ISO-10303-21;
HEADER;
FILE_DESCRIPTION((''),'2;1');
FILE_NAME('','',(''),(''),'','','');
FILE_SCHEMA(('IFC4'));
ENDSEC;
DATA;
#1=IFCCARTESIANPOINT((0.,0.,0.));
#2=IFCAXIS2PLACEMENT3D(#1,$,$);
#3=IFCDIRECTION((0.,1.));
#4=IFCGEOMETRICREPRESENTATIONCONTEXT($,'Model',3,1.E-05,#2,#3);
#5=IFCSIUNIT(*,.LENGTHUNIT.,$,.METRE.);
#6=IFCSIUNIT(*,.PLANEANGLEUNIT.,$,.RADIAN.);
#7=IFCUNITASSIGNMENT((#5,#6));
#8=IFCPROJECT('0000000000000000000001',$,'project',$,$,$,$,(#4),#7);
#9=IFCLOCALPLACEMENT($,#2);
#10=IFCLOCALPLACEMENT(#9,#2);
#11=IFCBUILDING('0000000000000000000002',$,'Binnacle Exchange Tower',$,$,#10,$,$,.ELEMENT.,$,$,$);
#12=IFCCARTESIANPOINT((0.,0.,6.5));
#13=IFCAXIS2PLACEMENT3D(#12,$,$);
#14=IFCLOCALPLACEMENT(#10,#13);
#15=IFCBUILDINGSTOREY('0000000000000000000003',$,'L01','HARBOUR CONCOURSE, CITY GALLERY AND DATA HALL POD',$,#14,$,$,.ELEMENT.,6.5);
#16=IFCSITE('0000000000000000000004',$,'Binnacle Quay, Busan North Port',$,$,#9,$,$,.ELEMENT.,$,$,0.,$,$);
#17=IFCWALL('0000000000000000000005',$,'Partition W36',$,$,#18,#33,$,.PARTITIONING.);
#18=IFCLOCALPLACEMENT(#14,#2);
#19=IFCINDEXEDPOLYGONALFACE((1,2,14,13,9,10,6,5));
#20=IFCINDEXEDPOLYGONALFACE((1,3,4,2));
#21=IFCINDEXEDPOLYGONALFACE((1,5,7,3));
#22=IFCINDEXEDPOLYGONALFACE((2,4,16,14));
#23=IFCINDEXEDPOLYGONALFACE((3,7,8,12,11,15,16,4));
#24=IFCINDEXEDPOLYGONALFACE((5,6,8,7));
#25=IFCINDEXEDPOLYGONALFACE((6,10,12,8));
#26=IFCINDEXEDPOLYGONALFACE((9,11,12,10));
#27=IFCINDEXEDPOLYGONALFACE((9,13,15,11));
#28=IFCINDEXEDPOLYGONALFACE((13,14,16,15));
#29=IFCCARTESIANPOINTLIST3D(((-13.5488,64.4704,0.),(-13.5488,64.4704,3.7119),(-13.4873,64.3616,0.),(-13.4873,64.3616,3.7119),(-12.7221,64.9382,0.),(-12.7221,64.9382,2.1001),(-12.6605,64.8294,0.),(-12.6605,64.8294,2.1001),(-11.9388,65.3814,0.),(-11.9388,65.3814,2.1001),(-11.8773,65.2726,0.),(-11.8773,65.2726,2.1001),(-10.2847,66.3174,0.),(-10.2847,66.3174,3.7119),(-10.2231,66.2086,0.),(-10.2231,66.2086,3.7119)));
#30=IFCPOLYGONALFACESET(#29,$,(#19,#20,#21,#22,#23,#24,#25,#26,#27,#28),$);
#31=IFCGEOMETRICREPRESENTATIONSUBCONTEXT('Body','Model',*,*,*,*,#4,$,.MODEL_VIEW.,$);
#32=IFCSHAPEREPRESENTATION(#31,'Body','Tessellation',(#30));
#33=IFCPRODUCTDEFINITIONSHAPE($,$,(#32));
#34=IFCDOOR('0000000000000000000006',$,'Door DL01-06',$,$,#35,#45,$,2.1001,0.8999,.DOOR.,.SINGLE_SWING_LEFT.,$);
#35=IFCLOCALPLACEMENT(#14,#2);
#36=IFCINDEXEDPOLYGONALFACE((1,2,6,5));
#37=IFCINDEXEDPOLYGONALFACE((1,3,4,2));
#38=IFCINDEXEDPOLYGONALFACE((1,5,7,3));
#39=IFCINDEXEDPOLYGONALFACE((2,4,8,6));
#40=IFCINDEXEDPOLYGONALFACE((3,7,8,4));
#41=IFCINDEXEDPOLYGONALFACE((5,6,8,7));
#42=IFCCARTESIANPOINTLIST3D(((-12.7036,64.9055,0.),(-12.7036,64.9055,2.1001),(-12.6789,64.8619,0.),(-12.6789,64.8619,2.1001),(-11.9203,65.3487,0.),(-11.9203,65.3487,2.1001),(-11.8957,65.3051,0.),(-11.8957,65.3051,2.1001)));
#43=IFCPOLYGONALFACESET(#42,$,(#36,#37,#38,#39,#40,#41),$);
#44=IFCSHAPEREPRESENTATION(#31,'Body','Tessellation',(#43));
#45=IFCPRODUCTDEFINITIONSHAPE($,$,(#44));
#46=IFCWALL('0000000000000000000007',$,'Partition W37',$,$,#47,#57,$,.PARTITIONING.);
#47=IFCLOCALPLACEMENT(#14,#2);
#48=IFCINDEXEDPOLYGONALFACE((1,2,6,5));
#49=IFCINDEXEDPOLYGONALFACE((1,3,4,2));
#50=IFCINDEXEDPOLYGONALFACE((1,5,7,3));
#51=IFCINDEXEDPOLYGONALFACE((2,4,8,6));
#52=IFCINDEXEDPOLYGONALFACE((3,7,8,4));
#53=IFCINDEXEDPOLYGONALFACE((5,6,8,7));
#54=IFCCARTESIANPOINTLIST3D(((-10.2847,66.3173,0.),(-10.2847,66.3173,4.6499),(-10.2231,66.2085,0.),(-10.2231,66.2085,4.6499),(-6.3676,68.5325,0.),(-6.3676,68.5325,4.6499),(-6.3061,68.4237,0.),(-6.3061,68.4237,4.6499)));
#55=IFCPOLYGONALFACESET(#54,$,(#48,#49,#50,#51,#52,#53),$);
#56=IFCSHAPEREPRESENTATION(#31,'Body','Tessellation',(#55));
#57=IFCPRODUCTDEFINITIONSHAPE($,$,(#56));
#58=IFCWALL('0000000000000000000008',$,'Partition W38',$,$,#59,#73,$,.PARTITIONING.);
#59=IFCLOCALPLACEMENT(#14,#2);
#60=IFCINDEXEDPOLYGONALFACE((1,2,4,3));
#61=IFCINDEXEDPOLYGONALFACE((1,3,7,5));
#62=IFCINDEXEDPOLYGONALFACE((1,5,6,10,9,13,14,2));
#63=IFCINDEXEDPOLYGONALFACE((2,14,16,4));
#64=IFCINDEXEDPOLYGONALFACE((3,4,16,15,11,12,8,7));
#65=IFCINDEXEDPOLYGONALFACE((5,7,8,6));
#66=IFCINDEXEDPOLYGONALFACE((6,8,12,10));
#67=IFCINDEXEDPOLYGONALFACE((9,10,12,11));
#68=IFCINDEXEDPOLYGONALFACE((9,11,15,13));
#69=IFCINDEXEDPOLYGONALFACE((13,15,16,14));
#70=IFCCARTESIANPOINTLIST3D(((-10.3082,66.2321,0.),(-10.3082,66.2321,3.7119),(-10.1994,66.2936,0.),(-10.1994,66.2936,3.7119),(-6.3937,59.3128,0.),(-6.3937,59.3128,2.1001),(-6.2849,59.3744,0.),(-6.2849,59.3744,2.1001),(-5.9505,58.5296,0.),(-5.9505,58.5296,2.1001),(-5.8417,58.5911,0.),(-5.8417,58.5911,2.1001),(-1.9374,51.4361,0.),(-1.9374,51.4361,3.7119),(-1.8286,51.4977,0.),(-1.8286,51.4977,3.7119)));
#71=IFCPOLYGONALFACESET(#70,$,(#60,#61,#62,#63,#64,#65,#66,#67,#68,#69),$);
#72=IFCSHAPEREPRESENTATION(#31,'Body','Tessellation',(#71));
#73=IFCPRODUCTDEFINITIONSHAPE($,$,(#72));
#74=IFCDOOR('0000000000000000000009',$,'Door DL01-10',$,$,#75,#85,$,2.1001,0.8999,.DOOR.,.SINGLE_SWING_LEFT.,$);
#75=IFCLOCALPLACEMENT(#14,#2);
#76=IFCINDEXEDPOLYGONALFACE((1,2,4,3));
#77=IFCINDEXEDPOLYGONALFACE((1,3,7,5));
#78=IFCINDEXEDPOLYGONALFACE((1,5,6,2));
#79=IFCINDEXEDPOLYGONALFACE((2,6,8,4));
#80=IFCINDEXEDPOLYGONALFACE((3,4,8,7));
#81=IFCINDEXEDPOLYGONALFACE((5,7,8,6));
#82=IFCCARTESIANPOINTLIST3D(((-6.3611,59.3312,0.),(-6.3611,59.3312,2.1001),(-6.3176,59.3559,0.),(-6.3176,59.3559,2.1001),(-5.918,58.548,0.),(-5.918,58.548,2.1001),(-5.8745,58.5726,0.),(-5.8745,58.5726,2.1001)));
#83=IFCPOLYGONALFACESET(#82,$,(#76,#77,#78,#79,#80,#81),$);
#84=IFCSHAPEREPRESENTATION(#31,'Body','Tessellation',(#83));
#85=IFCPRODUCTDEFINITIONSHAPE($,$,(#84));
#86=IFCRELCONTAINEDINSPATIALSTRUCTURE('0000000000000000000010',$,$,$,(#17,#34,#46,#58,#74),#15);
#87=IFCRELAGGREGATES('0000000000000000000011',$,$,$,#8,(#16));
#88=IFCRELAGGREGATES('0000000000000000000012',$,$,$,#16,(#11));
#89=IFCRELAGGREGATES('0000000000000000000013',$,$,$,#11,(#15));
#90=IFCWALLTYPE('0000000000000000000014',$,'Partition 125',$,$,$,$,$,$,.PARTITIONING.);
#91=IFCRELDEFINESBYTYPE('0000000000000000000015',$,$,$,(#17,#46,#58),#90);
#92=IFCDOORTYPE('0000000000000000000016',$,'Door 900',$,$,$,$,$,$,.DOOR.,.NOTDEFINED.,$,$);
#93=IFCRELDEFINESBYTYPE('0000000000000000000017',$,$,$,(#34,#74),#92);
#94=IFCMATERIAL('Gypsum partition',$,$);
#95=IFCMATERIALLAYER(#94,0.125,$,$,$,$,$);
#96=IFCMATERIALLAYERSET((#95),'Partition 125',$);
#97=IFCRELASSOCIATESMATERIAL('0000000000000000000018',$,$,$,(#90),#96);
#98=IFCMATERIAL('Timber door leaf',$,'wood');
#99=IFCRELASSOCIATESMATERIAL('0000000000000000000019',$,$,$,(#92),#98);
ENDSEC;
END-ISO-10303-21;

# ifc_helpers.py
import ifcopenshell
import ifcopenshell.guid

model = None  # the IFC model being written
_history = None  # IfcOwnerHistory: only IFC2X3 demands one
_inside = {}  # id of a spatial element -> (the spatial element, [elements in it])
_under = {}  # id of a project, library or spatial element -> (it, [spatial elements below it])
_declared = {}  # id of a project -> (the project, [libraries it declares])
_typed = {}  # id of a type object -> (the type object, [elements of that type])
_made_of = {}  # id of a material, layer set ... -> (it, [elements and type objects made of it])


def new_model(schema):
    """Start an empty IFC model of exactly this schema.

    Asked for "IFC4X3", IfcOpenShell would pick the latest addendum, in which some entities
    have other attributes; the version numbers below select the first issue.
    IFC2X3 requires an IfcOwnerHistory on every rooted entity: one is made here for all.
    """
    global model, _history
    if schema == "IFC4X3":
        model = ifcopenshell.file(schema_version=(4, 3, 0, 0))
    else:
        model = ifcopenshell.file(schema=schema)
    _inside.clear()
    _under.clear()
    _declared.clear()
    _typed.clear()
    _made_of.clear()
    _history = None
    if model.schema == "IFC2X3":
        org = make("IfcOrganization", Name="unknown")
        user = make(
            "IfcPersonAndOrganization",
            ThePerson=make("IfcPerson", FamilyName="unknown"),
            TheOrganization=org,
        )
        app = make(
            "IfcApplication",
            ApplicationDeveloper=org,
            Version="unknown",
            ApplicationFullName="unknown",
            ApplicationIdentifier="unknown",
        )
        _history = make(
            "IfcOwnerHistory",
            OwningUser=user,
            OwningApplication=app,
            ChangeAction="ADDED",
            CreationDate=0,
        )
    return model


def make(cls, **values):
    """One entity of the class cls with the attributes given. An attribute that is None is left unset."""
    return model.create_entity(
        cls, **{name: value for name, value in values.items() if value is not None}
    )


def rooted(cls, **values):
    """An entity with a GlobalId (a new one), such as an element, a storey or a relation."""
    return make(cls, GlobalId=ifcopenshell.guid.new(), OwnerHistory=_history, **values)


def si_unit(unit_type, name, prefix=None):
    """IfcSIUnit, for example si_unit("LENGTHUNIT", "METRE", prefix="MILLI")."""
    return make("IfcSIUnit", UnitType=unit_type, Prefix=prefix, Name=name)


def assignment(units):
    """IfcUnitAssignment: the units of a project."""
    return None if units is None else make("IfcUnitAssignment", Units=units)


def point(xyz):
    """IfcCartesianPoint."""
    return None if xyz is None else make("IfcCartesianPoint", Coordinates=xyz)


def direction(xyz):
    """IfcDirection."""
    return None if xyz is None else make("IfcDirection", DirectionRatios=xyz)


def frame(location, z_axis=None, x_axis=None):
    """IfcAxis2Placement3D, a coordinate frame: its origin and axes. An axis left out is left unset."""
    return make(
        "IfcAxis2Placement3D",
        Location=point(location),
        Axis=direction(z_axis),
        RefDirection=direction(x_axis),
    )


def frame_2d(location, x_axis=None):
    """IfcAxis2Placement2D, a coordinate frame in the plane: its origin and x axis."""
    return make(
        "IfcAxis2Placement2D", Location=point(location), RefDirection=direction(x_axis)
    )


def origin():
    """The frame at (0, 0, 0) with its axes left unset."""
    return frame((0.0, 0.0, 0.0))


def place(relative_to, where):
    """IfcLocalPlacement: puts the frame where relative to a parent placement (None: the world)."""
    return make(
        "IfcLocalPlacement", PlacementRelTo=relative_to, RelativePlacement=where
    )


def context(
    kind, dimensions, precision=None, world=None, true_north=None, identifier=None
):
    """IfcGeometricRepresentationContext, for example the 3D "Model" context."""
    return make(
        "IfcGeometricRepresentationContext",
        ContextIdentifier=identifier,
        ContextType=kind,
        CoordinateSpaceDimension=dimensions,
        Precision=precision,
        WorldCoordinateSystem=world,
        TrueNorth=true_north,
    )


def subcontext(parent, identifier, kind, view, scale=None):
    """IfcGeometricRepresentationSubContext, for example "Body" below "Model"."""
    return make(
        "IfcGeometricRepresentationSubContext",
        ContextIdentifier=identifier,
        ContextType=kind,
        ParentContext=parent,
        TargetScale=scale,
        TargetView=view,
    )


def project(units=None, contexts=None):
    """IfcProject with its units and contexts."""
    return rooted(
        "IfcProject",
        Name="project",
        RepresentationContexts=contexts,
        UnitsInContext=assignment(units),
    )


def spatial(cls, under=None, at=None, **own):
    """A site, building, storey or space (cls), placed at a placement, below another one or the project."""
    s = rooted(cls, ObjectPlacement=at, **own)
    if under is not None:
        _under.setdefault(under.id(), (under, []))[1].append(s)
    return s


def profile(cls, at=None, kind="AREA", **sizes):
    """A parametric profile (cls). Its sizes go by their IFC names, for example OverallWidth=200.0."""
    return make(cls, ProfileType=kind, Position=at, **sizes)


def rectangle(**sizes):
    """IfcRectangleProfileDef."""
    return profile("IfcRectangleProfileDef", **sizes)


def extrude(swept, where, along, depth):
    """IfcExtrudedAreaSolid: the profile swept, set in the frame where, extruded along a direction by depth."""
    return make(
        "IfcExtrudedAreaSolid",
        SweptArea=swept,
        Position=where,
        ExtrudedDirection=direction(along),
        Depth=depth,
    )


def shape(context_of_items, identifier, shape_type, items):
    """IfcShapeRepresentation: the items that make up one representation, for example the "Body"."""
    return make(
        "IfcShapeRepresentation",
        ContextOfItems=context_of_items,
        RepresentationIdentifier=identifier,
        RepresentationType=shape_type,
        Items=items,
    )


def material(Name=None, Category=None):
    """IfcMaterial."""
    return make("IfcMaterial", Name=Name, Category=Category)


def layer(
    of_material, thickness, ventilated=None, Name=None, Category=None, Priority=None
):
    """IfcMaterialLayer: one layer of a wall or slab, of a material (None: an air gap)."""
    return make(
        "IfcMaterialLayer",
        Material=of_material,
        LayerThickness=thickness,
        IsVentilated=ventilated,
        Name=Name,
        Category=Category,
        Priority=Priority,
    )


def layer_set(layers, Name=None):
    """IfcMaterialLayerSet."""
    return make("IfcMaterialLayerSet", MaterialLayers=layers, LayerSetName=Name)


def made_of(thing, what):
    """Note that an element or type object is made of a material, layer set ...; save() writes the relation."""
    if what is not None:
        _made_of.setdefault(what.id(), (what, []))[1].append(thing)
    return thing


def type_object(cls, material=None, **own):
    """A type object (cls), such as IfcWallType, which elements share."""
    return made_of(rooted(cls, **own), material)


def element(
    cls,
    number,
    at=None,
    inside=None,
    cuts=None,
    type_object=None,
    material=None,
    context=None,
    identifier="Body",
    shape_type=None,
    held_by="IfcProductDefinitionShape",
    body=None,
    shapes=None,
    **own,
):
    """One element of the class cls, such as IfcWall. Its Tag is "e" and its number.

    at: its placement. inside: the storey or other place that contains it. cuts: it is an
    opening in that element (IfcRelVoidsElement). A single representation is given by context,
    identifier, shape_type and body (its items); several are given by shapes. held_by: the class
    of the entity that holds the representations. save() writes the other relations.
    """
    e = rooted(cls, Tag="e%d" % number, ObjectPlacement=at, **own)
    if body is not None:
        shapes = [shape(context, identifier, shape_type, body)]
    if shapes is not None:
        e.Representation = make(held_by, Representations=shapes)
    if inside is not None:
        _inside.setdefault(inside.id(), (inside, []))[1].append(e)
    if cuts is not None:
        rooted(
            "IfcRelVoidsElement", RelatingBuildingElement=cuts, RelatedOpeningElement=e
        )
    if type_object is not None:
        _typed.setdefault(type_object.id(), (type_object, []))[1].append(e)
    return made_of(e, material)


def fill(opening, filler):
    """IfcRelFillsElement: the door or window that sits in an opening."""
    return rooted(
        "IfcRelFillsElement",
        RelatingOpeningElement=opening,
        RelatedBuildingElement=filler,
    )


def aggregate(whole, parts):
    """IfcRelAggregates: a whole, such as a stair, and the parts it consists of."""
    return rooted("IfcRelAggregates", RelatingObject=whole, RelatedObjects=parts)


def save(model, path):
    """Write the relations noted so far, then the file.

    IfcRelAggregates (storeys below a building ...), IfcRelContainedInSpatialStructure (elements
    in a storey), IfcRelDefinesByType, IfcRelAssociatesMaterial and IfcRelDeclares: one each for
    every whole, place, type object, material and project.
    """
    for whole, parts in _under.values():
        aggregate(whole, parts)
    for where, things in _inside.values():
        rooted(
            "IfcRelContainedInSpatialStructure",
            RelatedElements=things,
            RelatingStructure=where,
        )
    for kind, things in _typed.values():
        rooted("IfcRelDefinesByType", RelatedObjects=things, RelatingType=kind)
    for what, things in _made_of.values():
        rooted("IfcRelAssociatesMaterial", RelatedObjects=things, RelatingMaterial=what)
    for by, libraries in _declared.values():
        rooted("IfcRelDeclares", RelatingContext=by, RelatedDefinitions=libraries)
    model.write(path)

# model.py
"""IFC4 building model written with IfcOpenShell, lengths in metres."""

from ifc_helpers import new_model, si_unit, direction, frame, frame_2d, origin, place, context, subcontext, project, spatial, rectangle, extrude, material, layer, layer_set, type_object, element, fill, save


model = new_model("IFC4")

# Units and contexts
model_context = context("Model", 3, precision=1e-05, world=origin(), true_north=direction((0.0, 1.0)))
body_context = subcontext(model_context, "Body", "Model", "MODEL_VIEW")
ifc_project = project(units=[si_unit("LENGTHUNIT", "METRE"), si_unit("PLANEANGLEUNIT", "RADIAN")], contexts=[model_context])

# Site, building, storey
site_placement = place(None, origin())
site = spatial("IfcSite", under=ifc_project, at=site_placement, Name="Binnacle Quay, Busan North Port", CompositionType="ELEMENT", RefElevation=0.0)
building_placement = place(site_placement, origin())
building = spatial("IfcBuilding", under=site, at=building_placement, Name="Binnacle Exchange Tower", CompositionType="ELEMENT")
storey_placement = place(building_placement, frame((0.0, 0.0, 6.5)))
storey = spatial("IfcBuildingStorey", under=building, at=storey_placement, Name="L01", Description="HARBOUR CONCOURSE, CITY GALLERY AND DATA HALL POD", CompositionType="ELEMENT", Elevation=6.5)

# Wall, opening, door
ifc_material_1 = material(Name="Gypsum partition")
ifc_layer_1 = layer(ifc_material_1, 0.125)
ifc_layer_set_1 = layer_set([ifc_layer_1], Name="Partition 125")
wall_type_1 = type_object("IfcWallType", Name="Partition 125", PredefinedType="PARTITIONING", material=ifc_layer_set_1)
wall_1_placement = place(storey_placement, frame((-13.5181, 64.416, 0.0), z_axis=(0.0, 0.0, 1.0), x_axis=(0.870338, 0.492454, 0.0)))
wall_1 = element("IfcWall", 1, at=wall_1_placement, inside=storey, type_object=wall_type_1, Name="Partition W36", PredefinedType="PARTITIONING", context=body_context, shape_type="SweptSolid", body=[
    extrude(rectangle(XDim=3.7505, YDim=0.125, at=frame_2d((1.8752, 0.0))), origin(), (0.0, 0.0, 1.0), 3.7119),
])
opening_1_placement = place(wall_1_placement, frame((0.95, 0.0, 0.0)))
opening_1 = element("IfcOpeningElement", 2, at=opening_1_placement, cuts=wall_1, PredefinedType="OPENING", context=body_context, shape_type="SweptSolid", body=[
    extrude(rectangle(XDim=0.8999, YDim=2.1001, at=frame_2d((0.45, 1.05))), frame((0.0, 0.0725, 0.0), z_axis=(0.0, -1.0, 0.0), x_axis=(1.0, 0.0, 0.0)), (0.0, 0.0, 1.0), 0.145),
])
ifc_material_2 = material(Name="Timber door leaf", Category="wood")
door_type_1 = type_object("IfcDoorType", Name="Door 900", OperationType="NOTDEFINED", PredefinedType="DOOR", material=ifc_material_2)
door_1_placement = place(opening_1_placement, origin())
door_1 = element("IfcDoor", 3, at=door_1_placement, inside=storey, type_object=door_type_1, Name="Door DL01-06", OperationType="SINGLE_SWING_LEFT", OverallHeight=2.1001, OverallWidth=0.8999, PredefinedType="DOOR", context=body_context, shape_type="SweptSolid", body=[
    extrude(rectangle(XDim=0.8999, YDim=2.1001, at=frame_2d((0.45, 1.05))), frame((0.0, 0.0249, 0.0), z_axis=(0.0, -1.0, 0.0), x_axis=(1.0, 0.0, 0.0)), (0.0, 0.0, 1.0), 0.05),
])
fill(opening_1, door_1)

# Wall
wall_2_placement = place(storey_placement, frame((-10.2539, 66.2629, 0.0), z_axis=(0.0, 0.0, 1.0), x_axis=(0.870455, 0.492249, 0.0)))
element("IfcWall", 4, at=wall_2_placement, inside=storey, type_object=wall_type_1, Name="Partition W37", PredefinedType="PARTITIONING", context=body_context, shape_type="SweptSolid", body=[
    extrude(rectangle(XDim=4.5, YDim=0.125, at=frame_2d((2.25, 0.0))), origin(), (0.0, 0.0, 1.0), 4.6499),
])

# Wall, opening, door
wall_3_placement = place(storey_placement, frame((-10.2539, 66.2629, 0.0), z_axis=(0.0, 0.0, 1.0), x_axis=(0.492412, -0.870362, 0.0)))
wall_3 = element("IfcWall", 5, at=wall_3_placement, inside=storey, type_object=wall_type_1, Name="Partition W38", PredefinedType="PARTITIONING", context=body_context, shape_type="SweptSolid", body=[
    extrude(rectangle(XDim=16.9998, YDim=0.125, at=frame_2d((8.5, 0.0))), origin(), (0.0, 0.0, 1.0), 3.7119),
])
opening_2_placement = place(wall_3_placement, frame((7.95, 0.0, 0.0)))
opening_2 = element("IfcOpeningElement", 6, at=opening_2_placement, cuts=wall_3, PredefinedType="OPENING", context=body_context, shape_type="SweptSolid", body=[
    extrude(rectangle(XDim=0.8999, YDim=2.1001, at=frame_2d((0.45, 1.05))), frame((0.0, 0.0725, 0.0), z_axis=(0.0, -1.0, 0.0), x_axis=(1.0, 0.0, 0.0)), (0.0, 0.0, 1.0), 0.145),
])
door_2_placement = place(opening_2_placement, origin())
door_2 = element("IfcDoor", 7, at=door_2_placement, inside=storey, type_object=door_type_1, Name="Door DL01-10", OperationType="SINGLE_SWING_LEFT", OverallHeight=2.1001, OverallWidth=0.8999, PredefinedType="DOOR", context=body_context, shape_type="SweptSolid", body=[
    extrude(rectangle(XDim=0.8999, YDim=2.1001, at=frame_2d((0.45, 1.05))), frame((0.0, 0.0249, 0.0), z_axis=(0.0, -1.0, 0.0), x_axis=(1.0, 0.0, 0.0)), (0.0, 0.0, 1.0), 0.05),
])
fill(opening_2, door_2)

save(model, "model.ifc")
